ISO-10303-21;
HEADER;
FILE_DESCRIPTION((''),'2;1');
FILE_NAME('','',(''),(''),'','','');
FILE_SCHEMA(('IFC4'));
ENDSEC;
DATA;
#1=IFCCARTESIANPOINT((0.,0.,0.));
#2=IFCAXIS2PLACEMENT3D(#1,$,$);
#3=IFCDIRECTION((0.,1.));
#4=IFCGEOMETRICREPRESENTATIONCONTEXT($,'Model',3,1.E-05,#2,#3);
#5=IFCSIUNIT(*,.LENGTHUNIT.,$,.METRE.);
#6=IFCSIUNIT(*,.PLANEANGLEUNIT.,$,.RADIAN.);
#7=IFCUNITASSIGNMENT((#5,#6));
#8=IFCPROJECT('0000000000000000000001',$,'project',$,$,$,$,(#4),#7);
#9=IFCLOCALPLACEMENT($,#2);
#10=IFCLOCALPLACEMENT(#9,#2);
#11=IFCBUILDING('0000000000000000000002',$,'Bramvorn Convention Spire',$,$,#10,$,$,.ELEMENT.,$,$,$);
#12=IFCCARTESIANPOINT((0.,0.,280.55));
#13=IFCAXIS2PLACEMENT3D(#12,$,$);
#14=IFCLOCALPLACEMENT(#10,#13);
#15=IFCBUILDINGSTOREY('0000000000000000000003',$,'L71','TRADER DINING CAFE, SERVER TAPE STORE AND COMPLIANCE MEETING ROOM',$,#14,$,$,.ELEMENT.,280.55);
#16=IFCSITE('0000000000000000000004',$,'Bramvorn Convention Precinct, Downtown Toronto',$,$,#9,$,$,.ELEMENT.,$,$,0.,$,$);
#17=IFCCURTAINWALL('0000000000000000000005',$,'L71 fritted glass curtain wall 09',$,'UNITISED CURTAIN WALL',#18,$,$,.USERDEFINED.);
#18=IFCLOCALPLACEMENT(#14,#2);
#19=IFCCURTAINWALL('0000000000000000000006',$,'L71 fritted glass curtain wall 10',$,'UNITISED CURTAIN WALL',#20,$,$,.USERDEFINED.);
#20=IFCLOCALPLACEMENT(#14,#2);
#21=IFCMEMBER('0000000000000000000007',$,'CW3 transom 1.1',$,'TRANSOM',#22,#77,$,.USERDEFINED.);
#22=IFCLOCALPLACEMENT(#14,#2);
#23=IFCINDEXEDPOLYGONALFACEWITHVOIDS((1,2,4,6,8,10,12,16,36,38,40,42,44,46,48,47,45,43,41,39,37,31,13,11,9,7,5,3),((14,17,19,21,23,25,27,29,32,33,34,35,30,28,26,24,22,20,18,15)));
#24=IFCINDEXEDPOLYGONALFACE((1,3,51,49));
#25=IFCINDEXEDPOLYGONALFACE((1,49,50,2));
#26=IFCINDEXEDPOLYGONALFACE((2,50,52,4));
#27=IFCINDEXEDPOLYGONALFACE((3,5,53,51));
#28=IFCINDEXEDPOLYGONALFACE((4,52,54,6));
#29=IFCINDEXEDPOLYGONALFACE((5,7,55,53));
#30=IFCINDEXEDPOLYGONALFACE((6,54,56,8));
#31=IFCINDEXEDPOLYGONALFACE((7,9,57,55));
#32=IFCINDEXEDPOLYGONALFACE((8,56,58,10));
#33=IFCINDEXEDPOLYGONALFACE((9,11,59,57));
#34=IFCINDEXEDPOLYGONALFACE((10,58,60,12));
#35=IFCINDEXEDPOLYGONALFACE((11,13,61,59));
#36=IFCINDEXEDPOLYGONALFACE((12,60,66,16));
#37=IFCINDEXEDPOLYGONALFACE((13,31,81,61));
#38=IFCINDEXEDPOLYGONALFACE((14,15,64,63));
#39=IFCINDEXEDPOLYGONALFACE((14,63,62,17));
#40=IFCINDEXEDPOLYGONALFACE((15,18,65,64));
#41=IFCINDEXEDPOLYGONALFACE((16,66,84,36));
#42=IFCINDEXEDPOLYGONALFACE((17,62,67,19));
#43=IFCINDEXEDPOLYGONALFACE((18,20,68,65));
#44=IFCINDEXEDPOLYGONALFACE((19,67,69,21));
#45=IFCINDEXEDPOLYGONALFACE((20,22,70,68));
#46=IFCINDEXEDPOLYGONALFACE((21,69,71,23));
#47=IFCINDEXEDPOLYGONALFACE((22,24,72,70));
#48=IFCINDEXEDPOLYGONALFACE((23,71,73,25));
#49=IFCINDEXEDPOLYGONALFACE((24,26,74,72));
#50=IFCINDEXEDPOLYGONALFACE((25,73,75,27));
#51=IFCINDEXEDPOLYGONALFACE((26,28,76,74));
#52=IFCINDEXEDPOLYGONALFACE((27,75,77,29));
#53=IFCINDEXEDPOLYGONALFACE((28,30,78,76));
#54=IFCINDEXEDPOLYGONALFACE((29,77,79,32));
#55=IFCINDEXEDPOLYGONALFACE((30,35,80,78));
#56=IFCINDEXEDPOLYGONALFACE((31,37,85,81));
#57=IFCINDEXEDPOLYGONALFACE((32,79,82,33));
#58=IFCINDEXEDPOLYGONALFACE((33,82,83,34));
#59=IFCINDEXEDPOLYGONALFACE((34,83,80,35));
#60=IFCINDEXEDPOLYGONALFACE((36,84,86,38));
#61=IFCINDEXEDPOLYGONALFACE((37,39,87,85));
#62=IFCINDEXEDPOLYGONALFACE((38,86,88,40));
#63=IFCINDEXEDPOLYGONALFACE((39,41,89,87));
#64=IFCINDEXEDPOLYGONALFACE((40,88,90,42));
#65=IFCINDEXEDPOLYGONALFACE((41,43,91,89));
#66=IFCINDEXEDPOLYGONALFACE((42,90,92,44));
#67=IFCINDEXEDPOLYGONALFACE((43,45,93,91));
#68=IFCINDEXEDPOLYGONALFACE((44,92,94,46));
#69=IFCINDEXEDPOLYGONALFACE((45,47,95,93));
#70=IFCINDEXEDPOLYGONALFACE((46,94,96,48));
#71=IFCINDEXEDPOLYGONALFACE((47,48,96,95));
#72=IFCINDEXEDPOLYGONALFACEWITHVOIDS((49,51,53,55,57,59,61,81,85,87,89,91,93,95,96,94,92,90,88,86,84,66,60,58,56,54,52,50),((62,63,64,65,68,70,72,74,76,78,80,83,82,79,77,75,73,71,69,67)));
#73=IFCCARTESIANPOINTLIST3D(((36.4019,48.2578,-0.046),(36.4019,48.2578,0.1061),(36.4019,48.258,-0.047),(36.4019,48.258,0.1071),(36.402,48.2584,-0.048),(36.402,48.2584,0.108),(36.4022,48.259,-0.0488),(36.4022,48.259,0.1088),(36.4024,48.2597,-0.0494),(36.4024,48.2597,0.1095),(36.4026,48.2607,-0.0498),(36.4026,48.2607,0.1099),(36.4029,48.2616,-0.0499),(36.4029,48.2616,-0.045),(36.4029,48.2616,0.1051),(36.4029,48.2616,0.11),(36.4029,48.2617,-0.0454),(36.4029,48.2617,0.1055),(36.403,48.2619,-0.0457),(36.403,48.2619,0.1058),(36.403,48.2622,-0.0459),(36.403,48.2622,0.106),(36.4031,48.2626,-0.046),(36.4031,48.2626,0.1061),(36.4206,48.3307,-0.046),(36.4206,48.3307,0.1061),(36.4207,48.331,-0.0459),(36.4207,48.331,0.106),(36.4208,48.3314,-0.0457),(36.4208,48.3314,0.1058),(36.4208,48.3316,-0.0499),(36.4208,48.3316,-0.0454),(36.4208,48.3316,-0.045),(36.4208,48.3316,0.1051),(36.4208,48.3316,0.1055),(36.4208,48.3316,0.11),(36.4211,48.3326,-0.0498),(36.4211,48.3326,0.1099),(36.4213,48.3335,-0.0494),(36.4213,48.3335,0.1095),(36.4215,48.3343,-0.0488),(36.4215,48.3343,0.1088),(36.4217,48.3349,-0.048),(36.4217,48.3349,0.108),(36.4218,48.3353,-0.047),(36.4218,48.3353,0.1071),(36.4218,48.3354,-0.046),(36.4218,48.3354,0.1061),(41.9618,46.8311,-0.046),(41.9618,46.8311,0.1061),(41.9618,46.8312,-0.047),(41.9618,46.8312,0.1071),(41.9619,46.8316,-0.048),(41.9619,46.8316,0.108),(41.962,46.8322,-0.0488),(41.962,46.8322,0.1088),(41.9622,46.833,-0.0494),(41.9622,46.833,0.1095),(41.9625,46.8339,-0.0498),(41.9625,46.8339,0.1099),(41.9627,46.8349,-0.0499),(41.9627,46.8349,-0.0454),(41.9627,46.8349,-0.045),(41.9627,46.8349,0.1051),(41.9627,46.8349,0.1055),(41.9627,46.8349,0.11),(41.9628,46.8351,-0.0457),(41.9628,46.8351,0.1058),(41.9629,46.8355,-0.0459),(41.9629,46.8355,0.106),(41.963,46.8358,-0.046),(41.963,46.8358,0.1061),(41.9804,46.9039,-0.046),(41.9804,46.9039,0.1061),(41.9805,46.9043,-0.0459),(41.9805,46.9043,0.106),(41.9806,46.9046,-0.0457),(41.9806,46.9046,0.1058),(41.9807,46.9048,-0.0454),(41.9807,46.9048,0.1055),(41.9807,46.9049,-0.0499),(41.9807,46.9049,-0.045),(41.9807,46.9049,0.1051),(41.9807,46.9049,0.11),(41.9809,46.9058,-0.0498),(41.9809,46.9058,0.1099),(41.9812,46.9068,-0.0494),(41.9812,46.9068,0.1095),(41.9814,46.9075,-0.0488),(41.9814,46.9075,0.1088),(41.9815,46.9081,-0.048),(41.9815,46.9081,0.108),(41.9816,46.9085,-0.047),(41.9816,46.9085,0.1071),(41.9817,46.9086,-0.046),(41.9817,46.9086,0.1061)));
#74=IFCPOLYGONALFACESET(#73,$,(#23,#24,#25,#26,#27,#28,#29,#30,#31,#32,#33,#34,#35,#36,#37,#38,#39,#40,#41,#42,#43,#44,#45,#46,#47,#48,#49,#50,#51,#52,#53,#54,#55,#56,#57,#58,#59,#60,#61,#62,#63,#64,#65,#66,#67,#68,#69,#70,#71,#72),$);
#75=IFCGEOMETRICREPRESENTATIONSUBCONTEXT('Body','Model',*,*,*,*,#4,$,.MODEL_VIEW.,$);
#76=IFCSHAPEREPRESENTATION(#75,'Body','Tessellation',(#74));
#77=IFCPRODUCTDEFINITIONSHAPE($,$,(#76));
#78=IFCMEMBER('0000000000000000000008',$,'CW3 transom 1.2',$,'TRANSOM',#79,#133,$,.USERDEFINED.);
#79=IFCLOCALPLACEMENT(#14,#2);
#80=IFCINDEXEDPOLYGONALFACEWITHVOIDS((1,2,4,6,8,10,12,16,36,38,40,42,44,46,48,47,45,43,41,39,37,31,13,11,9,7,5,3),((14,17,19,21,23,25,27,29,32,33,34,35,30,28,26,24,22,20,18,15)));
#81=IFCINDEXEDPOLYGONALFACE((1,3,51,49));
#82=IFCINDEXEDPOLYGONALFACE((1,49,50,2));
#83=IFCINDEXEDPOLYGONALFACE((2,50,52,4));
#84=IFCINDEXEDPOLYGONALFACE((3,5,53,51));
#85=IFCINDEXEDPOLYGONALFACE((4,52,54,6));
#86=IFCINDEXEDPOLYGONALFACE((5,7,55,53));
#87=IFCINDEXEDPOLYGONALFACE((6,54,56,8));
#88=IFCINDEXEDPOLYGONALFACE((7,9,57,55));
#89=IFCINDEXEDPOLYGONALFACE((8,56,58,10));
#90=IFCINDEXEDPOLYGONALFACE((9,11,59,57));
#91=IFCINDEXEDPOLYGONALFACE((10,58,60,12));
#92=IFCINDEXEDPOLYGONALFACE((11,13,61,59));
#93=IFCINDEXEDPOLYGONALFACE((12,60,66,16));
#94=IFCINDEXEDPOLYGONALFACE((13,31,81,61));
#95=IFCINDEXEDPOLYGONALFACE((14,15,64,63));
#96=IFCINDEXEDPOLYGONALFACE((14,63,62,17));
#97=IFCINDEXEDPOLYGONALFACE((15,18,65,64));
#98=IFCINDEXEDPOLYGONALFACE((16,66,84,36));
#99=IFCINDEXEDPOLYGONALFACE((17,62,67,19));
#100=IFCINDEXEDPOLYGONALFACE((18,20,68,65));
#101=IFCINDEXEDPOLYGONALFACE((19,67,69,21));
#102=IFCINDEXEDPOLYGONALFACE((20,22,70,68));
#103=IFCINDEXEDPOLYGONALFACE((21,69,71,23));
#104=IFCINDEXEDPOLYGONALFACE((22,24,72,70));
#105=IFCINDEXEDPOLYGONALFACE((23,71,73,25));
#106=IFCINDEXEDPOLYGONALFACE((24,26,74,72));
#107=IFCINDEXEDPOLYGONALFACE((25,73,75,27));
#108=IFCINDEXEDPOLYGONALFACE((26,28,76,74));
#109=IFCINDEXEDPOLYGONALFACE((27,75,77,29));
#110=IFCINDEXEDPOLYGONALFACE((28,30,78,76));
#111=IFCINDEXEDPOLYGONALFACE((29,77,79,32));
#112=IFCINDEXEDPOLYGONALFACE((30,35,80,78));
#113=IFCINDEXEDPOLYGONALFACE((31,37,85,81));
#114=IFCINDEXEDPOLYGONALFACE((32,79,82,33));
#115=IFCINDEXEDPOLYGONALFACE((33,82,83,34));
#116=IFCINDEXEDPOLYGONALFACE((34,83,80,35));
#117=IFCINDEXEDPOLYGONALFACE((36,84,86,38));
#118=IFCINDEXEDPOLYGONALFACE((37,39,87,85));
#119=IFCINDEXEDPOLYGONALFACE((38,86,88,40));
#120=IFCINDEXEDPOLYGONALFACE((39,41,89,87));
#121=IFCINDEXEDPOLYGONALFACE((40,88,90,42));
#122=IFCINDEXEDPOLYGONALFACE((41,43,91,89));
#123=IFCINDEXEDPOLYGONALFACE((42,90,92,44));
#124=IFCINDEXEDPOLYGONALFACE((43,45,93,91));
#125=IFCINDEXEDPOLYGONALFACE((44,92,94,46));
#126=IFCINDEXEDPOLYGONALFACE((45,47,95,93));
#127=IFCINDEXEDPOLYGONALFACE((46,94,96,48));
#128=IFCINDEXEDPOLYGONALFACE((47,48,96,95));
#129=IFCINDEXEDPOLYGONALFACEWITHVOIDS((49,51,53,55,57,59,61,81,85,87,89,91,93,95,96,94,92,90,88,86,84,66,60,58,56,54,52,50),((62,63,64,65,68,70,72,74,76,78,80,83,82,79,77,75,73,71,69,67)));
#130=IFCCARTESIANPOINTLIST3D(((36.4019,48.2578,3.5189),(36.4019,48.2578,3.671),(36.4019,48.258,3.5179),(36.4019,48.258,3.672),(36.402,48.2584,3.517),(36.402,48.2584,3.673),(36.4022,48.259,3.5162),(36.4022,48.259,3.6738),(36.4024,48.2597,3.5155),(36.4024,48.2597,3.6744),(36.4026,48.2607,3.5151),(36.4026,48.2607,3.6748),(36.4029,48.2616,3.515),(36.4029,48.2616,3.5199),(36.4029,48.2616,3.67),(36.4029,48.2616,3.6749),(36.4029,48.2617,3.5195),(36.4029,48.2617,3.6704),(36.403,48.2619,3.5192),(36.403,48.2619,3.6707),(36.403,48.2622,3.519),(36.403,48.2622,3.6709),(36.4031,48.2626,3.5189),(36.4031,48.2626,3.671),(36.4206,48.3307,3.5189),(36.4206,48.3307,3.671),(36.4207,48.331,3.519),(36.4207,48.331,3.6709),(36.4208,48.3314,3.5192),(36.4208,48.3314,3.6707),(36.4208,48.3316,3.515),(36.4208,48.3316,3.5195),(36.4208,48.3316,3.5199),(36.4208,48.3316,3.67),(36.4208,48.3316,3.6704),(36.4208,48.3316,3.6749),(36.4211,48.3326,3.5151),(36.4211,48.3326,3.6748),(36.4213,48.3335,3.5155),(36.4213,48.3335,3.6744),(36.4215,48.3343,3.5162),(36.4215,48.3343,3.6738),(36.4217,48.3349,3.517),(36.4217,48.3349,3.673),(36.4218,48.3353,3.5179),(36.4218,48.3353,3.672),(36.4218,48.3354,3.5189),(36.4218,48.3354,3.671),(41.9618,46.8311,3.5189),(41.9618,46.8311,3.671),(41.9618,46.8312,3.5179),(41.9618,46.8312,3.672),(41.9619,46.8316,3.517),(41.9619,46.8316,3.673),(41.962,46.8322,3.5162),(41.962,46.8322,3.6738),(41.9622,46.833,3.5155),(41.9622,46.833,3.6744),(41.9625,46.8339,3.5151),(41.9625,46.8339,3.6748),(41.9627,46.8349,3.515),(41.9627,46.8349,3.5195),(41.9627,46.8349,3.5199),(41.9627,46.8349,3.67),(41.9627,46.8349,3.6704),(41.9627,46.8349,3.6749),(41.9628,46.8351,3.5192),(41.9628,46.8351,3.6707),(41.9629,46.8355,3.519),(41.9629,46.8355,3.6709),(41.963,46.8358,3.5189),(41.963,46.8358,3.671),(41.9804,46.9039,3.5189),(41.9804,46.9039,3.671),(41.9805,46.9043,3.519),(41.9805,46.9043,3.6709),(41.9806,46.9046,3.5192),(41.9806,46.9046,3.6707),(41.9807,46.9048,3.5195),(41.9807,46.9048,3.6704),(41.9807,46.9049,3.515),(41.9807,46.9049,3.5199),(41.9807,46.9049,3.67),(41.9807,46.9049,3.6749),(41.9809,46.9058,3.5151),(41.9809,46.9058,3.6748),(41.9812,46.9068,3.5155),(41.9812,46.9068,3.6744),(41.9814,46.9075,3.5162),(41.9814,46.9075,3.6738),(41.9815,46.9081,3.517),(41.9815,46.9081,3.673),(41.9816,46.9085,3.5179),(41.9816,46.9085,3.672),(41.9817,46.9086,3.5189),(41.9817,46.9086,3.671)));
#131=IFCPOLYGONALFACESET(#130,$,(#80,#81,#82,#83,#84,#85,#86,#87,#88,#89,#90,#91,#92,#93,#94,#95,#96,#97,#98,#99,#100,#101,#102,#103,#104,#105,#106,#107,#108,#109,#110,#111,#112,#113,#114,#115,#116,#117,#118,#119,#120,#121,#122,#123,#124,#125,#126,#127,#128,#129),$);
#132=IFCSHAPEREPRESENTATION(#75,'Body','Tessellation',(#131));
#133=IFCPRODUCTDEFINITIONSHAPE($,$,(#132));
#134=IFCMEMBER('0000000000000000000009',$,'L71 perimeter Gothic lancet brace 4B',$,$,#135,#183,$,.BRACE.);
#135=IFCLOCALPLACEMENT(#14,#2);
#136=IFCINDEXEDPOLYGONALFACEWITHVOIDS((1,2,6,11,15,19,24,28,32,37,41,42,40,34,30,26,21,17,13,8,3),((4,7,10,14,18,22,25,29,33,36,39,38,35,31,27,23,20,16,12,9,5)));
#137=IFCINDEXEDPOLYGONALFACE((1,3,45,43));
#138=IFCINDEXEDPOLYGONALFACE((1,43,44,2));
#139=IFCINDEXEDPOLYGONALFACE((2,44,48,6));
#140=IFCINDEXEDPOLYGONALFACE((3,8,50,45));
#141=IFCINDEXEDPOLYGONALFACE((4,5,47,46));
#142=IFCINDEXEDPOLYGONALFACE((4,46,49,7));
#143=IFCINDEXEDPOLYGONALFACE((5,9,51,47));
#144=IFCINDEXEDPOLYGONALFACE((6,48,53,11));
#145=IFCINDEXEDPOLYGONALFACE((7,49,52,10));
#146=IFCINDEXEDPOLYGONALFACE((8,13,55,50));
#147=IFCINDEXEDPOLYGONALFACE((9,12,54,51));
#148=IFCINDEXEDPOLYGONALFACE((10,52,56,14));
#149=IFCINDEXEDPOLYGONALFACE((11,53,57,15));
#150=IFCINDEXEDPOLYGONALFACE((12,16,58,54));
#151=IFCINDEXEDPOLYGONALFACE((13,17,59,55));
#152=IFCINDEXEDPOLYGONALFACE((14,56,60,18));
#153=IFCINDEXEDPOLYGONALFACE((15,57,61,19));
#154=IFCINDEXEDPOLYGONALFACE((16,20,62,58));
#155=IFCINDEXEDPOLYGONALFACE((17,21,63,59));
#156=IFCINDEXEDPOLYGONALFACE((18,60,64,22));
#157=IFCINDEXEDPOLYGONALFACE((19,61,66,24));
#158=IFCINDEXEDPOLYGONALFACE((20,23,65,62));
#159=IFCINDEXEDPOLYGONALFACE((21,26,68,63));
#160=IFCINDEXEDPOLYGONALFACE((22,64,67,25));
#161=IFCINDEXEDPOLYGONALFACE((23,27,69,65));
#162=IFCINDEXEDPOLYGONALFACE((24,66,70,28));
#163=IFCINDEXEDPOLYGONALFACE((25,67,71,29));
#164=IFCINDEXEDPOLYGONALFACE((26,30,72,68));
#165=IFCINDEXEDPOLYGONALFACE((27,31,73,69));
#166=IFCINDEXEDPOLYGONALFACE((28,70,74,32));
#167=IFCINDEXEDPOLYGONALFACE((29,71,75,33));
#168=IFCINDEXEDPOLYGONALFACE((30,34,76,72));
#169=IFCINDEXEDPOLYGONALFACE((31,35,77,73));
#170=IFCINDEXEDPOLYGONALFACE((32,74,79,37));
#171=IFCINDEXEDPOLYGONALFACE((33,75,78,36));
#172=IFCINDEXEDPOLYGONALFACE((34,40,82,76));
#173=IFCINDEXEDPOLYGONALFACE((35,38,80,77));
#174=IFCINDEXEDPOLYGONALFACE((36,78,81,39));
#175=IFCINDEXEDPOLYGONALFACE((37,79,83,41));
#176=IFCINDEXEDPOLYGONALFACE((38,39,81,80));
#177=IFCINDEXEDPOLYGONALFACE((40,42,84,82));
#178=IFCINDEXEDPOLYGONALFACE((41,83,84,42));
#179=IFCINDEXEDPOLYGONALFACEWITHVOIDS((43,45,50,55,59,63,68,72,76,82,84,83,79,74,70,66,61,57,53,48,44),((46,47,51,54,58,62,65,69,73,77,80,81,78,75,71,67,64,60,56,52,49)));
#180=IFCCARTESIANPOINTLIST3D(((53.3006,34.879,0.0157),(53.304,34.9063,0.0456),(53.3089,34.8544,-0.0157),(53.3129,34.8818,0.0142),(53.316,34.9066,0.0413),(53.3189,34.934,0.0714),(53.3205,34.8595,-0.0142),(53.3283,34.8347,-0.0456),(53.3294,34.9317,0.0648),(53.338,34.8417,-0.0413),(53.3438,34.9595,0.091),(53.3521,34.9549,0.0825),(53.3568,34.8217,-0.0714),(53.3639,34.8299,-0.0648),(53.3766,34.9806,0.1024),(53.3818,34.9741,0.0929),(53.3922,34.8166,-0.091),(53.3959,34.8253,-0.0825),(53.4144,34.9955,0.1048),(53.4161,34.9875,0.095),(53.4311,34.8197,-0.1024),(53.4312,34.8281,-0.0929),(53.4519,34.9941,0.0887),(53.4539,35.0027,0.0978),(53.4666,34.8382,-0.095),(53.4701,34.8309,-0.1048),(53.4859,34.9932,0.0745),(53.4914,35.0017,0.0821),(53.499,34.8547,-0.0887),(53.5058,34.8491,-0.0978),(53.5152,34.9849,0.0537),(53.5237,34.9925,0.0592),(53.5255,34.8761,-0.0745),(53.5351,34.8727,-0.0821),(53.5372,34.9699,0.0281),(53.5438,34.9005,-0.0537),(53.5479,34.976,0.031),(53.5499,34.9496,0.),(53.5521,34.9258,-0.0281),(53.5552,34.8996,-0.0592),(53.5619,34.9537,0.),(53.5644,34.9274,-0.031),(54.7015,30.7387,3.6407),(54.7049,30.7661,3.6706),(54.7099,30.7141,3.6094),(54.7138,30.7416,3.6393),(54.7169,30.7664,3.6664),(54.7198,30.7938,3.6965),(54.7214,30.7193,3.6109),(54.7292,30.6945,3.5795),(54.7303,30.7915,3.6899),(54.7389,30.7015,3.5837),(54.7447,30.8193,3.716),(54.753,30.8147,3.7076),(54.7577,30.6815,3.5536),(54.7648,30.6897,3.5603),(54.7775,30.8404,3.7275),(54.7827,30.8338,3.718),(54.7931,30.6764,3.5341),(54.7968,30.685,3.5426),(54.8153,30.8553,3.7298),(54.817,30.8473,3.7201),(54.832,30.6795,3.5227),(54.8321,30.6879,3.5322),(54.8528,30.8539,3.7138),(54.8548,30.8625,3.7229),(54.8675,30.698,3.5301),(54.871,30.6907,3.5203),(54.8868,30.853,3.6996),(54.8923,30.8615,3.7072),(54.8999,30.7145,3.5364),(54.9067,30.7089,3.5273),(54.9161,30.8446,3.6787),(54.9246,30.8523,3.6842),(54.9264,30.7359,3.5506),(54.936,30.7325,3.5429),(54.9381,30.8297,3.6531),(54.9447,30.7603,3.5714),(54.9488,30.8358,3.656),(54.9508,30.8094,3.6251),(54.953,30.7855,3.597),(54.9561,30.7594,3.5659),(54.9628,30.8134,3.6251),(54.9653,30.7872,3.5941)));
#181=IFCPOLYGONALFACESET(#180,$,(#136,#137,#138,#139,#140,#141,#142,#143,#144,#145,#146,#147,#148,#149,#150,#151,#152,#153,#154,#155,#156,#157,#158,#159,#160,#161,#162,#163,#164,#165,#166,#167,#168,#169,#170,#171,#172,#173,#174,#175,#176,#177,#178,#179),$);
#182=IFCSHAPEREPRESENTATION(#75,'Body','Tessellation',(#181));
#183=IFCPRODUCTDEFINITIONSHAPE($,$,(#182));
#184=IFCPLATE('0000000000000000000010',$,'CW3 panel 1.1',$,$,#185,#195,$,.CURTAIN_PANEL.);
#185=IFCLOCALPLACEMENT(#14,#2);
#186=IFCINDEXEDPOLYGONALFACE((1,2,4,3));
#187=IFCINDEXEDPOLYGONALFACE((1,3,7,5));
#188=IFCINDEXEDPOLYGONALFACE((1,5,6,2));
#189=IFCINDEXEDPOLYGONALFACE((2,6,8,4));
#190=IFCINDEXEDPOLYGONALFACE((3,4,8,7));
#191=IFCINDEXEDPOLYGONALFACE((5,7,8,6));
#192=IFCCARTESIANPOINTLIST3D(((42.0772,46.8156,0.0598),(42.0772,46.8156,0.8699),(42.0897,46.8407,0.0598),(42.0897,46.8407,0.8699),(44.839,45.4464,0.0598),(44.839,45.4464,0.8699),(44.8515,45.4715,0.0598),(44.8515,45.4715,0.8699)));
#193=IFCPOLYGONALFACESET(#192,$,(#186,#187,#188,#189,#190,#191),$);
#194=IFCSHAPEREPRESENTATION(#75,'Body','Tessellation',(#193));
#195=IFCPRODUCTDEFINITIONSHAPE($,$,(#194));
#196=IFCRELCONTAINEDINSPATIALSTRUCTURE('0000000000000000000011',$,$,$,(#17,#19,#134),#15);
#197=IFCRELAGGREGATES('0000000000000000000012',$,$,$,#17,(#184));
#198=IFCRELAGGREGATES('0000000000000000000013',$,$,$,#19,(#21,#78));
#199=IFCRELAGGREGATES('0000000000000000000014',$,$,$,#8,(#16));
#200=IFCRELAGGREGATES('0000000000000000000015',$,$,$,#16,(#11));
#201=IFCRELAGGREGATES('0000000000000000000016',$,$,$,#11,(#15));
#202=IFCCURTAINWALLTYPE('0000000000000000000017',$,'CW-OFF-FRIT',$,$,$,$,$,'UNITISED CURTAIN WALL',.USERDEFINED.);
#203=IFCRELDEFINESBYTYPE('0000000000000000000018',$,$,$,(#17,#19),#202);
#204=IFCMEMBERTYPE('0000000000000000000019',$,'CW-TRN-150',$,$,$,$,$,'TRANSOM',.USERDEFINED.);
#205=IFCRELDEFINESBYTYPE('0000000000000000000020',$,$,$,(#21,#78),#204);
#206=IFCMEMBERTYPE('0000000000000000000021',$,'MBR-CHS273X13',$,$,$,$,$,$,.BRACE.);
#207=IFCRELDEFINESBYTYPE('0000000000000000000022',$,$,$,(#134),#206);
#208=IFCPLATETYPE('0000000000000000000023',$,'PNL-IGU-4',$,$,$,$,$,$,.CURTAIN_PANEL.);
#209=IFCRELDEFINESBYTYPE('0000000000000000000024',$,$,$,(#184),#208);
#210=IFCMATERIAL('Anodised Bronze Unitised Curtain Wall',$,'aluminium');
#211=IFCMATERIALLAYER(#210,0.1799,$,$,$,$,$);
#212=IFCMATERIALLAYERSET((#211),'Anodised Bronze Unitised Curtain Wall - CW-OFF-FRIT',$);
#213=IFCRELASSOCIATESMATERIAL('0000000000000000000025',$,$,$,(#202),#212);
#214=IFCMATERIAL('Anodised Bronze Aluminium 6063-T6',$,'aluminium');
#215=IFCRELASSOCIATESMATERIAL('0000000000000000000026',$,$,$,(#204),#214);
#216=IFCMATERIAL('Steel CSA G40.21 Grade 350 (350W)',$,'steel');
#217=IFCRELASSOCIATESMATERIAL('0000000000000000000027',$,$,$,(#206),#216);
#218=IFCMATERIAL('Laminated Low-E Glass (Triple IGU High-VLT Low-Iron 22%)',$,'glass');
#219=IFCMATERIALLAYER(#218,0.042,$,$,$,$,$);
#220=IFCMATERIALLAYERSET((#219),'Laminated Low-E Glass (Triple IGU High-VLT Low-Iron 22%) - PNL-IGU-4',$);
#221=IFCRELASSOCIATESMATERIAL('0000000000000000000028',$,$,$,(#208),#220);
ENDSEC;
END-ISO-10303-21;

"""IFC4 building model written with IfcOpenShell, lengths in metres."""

from ifc_helpers import new_model, si_unit, direction, frame, origin, origin_2d, place, context, subcontext, project, spatial, rectangle, hollow_rectangle, hollow_circle, extrude, material, layer, layer_set, material_profile, profile_set, type_object, element, aggregate, save


model = new_model("IFC4")

# Units and contexts
model_context = context("Model", 3, precision=1e-05, world=origin(), true_north=direction((0.0, 1.0)))
body_context = subcontext(model_context, "Body", "Model", "MODEL_VIEW")
ifc_project = project(units=[si_unit("LENGTHUNIT", "METRE"), si_unit("PLANEANGLEUNIT", "RADIAN")], contexts=[model_context])

# Site, building, storey
site_placement = place(None, origin())
site = spatial("IfcSite", under=ifc_project, at=site_placement, Name="Bramvorn Convention Precinct, Downtown Toronto", CompositionType="ELEMENT", RefElevation=0.0)
building_placement = place(site_placement, origin())
building = spatial("IfcBuilding", under=site, at=building_placement, Name="Bramvorn Convention Spire", CompositionType="ELEMENT")
storey_placement = place(building_placement, frame((0.0, 0.0, 280.55)))
storey = spatial("IfcBuildingStorey", under=building, at=storey_placement, Name="L71", Description="TRADER DINING CAFE, SERVER TAPE STORE AND COMPLIANCE MEETING ROOM", CompositionType="ELEMENT", Elevation=280.55)

# Shared definitions
ifc_material_1 = material(Name="Steel CSA G40.21 Grade 350 (350W)", Category="steel")

# Curtain walls
ifc_material_2 = material(Name="Anodised Bronze Unitised Curtain Wall", Category="aluminium")
ifc_layer_1 = layer(ifc_material_2, 0.1799)
ifc_layer_set_1 = layer_set([ifc_layer_1], Name="Anodised Bronze Unitised Curtain Wall - CW-OFF-FRIT")
curtain_wall_type = type_object("IfcCurtainWallType", Name="CW-OFF-FRIT", ElementType="UNITISED CURTAIN WALL", PredefinedType="USERDEFINED", material=ifc_layer_set_1)
curtain_wall_1_placement = place(storey_placement, origin())
curtain_wall_1 = element("IfcCurtainWall", 1, at=curtain_wall_1_placement, inside=storey, type_object=curtain_wall_type, Name="L71 fritted glass curtain wall 09", ObjectType="UNITISED CURTAIN WALL", PredefinedType="USERDEFINED")
ifc_material_3 = material(Name="Anodised Bronze Aluminium 6063-T6", Category="aluminium")
curtain_wall_2_placement = place(storey_placement, origin())
curtain_wall_2 = element("IfcCurtainWall", 2, at=curtain_wall_2_placement, inside=storey, type_object=curtain_wall_type, Name="L71 fritted glass curtain wall 10", ObjectType="UNITISED CURTAIN WALL", PredefinedType="USERDEFINED")

# Members
ifc_material_profile_1 = material_profile(ifc_material_3, hollow_rectangle(XDim=0.0801, YDim=0.1599, WallThickness=0.0039, InnerFilletRadius=0.001, OuterFilletRadius=0.0039, at=origin_2d()))
ifc_profile_set_1 = profile_set([ifc_material_profile_1], Name="Anodised Bronze Aluminium 6063-T6 - CWT80X160")
member_type_1 = type_object("IfcMemberType", Name="CW-TRN-150", ElementType="TRANSOM", PredefinedType="USERDEFINED", material=ifc_profile_set_1)
member_1_placement = place(storey_placement, frame((36.4119, 48.2966, 0.03), z_axis=(0.968615, -0.248566, 0.0), x_axis=(0.248566, 0.968615, 0.0)))
member_1 = element("IfcMember", 3, at=member_1_placement, type_object=member_type_1, Name="CW3 transom 1.1", ObjectType="TRANSOM", PredefinedType="USERDEFINED", context=body_context, shape_type="SweptSolid", body=[
    extrude(hollow_rectangle(XDim=0.0801, YDim=0.1599, WallThickness=0.0039, InnerFilletRadius=0.001, OuterFilletRadius=0.0039, at=origin_2d()), origin(), (0.0, 0.0, 1.0), 5.74),
])
member_2_placement = place(storey_placement, frame((36.4119, 48.2966, 3.595), z_axis=(0.968615, -0.248566, 0.0), x_axis=(0.248566, 0.968615, 0.0)))
member_2 = element("IfcMember", 4, at=member_2_placement, type_object=member_type_1, Name="CW3 transom 1.2", ObjectType="TRANSOM", PredefinedType="USERDEFINED", context=body_context, shape_type="SweptSolid", body=[
    extrude(hollow_rectangle(XDim=0.0801, YDim=0.1599, WallThickness=0.0039, InnerFilletRadius=0.001, OuterFilletRadius=0.0039, at=origin_2d()), origin(), (0.0, 0.0, 1.0), 5.74),
])
ifc_material_profile_2 = material_profile(ifc_material_1, hollow_circle(Radius=0.1365, WallThickness=0.0127, at=origin_2d()))
ifc_profile_set_2 = profile_set([ifc_material_profile_2], Name="Steel CSA G40.21 Grade 350 (350W) - CHS273X13")
member_type_2 = type_object("IfcMemberType", Name="MBR-CHS273X13", PredefinedType="BRACE", material=ifc_profile_set_2)
member_3_placement = place(storey_placement, frame((53.4326, 34.9099, 0.0), z_axis=(0.246705, -0.729107, 0.638388), x_axis=(0.947244, 0.320514, 0.0)))
element("IfcMember", 5, at=member_3_placement, inside=storey, type_object=member_type_2, Name="L71 perimeter Gothic lancet brace 4B", PredefinedType="BRACE", context=body_context, shape_type="SweptSolid", body=[
    extrude(hollow_circle(Radius=0.1365, WallThickness=0.0127, at=origin_2d()), origin(), (0.0, 0.0, 1.0), 5.6785),
])

# Plate
ifc_material_4 = material(Name="Laminated Low-E Glass (Triple IGU High-VLT Low-Iron 22%)", Category="glass")
ifc_layer_2 = layer(ifc_material_4, 0.042)
ifc_layer_set_2 = layer_set([ifc_layer_2], Name="Laminated Low-E Glass (Triple IGU High-VLT Low-Iron 22%) - PNL-IGU-4")
plate_type = type_object("IfcPlateType", Name="PNL-IGU-4", PredefinedType="CURTAIN_PANEL", material=ifc_layer_set_2)
plate_1_placement = place(storey_placement, frame((43.4644, 46.1436, 0.0598), z_axis=(0.0, 0.0, 1.0), x_axis=(0.895938, -0.444179, 0.0)))
plate_1 = element("IfcPlate", 6, at=plate_1_placement, type_object=plate_type, Name="CW3 panel 1.1", PredefinedType="CURTAIN_PANEL", context=body_context, shape_type="SweptSolid", body=[
    extrude(rectangle(XDim=3.0825, YDim=0.0281, at=origin_2d()), origin(), (0.0, 0.0, 1.0), 0.8101),
])
aggregate(curtain_wall_1, [plate_1])
aggregate(curtain_wall_2, [member_1, member_2])

save(model, "model.ifc")
